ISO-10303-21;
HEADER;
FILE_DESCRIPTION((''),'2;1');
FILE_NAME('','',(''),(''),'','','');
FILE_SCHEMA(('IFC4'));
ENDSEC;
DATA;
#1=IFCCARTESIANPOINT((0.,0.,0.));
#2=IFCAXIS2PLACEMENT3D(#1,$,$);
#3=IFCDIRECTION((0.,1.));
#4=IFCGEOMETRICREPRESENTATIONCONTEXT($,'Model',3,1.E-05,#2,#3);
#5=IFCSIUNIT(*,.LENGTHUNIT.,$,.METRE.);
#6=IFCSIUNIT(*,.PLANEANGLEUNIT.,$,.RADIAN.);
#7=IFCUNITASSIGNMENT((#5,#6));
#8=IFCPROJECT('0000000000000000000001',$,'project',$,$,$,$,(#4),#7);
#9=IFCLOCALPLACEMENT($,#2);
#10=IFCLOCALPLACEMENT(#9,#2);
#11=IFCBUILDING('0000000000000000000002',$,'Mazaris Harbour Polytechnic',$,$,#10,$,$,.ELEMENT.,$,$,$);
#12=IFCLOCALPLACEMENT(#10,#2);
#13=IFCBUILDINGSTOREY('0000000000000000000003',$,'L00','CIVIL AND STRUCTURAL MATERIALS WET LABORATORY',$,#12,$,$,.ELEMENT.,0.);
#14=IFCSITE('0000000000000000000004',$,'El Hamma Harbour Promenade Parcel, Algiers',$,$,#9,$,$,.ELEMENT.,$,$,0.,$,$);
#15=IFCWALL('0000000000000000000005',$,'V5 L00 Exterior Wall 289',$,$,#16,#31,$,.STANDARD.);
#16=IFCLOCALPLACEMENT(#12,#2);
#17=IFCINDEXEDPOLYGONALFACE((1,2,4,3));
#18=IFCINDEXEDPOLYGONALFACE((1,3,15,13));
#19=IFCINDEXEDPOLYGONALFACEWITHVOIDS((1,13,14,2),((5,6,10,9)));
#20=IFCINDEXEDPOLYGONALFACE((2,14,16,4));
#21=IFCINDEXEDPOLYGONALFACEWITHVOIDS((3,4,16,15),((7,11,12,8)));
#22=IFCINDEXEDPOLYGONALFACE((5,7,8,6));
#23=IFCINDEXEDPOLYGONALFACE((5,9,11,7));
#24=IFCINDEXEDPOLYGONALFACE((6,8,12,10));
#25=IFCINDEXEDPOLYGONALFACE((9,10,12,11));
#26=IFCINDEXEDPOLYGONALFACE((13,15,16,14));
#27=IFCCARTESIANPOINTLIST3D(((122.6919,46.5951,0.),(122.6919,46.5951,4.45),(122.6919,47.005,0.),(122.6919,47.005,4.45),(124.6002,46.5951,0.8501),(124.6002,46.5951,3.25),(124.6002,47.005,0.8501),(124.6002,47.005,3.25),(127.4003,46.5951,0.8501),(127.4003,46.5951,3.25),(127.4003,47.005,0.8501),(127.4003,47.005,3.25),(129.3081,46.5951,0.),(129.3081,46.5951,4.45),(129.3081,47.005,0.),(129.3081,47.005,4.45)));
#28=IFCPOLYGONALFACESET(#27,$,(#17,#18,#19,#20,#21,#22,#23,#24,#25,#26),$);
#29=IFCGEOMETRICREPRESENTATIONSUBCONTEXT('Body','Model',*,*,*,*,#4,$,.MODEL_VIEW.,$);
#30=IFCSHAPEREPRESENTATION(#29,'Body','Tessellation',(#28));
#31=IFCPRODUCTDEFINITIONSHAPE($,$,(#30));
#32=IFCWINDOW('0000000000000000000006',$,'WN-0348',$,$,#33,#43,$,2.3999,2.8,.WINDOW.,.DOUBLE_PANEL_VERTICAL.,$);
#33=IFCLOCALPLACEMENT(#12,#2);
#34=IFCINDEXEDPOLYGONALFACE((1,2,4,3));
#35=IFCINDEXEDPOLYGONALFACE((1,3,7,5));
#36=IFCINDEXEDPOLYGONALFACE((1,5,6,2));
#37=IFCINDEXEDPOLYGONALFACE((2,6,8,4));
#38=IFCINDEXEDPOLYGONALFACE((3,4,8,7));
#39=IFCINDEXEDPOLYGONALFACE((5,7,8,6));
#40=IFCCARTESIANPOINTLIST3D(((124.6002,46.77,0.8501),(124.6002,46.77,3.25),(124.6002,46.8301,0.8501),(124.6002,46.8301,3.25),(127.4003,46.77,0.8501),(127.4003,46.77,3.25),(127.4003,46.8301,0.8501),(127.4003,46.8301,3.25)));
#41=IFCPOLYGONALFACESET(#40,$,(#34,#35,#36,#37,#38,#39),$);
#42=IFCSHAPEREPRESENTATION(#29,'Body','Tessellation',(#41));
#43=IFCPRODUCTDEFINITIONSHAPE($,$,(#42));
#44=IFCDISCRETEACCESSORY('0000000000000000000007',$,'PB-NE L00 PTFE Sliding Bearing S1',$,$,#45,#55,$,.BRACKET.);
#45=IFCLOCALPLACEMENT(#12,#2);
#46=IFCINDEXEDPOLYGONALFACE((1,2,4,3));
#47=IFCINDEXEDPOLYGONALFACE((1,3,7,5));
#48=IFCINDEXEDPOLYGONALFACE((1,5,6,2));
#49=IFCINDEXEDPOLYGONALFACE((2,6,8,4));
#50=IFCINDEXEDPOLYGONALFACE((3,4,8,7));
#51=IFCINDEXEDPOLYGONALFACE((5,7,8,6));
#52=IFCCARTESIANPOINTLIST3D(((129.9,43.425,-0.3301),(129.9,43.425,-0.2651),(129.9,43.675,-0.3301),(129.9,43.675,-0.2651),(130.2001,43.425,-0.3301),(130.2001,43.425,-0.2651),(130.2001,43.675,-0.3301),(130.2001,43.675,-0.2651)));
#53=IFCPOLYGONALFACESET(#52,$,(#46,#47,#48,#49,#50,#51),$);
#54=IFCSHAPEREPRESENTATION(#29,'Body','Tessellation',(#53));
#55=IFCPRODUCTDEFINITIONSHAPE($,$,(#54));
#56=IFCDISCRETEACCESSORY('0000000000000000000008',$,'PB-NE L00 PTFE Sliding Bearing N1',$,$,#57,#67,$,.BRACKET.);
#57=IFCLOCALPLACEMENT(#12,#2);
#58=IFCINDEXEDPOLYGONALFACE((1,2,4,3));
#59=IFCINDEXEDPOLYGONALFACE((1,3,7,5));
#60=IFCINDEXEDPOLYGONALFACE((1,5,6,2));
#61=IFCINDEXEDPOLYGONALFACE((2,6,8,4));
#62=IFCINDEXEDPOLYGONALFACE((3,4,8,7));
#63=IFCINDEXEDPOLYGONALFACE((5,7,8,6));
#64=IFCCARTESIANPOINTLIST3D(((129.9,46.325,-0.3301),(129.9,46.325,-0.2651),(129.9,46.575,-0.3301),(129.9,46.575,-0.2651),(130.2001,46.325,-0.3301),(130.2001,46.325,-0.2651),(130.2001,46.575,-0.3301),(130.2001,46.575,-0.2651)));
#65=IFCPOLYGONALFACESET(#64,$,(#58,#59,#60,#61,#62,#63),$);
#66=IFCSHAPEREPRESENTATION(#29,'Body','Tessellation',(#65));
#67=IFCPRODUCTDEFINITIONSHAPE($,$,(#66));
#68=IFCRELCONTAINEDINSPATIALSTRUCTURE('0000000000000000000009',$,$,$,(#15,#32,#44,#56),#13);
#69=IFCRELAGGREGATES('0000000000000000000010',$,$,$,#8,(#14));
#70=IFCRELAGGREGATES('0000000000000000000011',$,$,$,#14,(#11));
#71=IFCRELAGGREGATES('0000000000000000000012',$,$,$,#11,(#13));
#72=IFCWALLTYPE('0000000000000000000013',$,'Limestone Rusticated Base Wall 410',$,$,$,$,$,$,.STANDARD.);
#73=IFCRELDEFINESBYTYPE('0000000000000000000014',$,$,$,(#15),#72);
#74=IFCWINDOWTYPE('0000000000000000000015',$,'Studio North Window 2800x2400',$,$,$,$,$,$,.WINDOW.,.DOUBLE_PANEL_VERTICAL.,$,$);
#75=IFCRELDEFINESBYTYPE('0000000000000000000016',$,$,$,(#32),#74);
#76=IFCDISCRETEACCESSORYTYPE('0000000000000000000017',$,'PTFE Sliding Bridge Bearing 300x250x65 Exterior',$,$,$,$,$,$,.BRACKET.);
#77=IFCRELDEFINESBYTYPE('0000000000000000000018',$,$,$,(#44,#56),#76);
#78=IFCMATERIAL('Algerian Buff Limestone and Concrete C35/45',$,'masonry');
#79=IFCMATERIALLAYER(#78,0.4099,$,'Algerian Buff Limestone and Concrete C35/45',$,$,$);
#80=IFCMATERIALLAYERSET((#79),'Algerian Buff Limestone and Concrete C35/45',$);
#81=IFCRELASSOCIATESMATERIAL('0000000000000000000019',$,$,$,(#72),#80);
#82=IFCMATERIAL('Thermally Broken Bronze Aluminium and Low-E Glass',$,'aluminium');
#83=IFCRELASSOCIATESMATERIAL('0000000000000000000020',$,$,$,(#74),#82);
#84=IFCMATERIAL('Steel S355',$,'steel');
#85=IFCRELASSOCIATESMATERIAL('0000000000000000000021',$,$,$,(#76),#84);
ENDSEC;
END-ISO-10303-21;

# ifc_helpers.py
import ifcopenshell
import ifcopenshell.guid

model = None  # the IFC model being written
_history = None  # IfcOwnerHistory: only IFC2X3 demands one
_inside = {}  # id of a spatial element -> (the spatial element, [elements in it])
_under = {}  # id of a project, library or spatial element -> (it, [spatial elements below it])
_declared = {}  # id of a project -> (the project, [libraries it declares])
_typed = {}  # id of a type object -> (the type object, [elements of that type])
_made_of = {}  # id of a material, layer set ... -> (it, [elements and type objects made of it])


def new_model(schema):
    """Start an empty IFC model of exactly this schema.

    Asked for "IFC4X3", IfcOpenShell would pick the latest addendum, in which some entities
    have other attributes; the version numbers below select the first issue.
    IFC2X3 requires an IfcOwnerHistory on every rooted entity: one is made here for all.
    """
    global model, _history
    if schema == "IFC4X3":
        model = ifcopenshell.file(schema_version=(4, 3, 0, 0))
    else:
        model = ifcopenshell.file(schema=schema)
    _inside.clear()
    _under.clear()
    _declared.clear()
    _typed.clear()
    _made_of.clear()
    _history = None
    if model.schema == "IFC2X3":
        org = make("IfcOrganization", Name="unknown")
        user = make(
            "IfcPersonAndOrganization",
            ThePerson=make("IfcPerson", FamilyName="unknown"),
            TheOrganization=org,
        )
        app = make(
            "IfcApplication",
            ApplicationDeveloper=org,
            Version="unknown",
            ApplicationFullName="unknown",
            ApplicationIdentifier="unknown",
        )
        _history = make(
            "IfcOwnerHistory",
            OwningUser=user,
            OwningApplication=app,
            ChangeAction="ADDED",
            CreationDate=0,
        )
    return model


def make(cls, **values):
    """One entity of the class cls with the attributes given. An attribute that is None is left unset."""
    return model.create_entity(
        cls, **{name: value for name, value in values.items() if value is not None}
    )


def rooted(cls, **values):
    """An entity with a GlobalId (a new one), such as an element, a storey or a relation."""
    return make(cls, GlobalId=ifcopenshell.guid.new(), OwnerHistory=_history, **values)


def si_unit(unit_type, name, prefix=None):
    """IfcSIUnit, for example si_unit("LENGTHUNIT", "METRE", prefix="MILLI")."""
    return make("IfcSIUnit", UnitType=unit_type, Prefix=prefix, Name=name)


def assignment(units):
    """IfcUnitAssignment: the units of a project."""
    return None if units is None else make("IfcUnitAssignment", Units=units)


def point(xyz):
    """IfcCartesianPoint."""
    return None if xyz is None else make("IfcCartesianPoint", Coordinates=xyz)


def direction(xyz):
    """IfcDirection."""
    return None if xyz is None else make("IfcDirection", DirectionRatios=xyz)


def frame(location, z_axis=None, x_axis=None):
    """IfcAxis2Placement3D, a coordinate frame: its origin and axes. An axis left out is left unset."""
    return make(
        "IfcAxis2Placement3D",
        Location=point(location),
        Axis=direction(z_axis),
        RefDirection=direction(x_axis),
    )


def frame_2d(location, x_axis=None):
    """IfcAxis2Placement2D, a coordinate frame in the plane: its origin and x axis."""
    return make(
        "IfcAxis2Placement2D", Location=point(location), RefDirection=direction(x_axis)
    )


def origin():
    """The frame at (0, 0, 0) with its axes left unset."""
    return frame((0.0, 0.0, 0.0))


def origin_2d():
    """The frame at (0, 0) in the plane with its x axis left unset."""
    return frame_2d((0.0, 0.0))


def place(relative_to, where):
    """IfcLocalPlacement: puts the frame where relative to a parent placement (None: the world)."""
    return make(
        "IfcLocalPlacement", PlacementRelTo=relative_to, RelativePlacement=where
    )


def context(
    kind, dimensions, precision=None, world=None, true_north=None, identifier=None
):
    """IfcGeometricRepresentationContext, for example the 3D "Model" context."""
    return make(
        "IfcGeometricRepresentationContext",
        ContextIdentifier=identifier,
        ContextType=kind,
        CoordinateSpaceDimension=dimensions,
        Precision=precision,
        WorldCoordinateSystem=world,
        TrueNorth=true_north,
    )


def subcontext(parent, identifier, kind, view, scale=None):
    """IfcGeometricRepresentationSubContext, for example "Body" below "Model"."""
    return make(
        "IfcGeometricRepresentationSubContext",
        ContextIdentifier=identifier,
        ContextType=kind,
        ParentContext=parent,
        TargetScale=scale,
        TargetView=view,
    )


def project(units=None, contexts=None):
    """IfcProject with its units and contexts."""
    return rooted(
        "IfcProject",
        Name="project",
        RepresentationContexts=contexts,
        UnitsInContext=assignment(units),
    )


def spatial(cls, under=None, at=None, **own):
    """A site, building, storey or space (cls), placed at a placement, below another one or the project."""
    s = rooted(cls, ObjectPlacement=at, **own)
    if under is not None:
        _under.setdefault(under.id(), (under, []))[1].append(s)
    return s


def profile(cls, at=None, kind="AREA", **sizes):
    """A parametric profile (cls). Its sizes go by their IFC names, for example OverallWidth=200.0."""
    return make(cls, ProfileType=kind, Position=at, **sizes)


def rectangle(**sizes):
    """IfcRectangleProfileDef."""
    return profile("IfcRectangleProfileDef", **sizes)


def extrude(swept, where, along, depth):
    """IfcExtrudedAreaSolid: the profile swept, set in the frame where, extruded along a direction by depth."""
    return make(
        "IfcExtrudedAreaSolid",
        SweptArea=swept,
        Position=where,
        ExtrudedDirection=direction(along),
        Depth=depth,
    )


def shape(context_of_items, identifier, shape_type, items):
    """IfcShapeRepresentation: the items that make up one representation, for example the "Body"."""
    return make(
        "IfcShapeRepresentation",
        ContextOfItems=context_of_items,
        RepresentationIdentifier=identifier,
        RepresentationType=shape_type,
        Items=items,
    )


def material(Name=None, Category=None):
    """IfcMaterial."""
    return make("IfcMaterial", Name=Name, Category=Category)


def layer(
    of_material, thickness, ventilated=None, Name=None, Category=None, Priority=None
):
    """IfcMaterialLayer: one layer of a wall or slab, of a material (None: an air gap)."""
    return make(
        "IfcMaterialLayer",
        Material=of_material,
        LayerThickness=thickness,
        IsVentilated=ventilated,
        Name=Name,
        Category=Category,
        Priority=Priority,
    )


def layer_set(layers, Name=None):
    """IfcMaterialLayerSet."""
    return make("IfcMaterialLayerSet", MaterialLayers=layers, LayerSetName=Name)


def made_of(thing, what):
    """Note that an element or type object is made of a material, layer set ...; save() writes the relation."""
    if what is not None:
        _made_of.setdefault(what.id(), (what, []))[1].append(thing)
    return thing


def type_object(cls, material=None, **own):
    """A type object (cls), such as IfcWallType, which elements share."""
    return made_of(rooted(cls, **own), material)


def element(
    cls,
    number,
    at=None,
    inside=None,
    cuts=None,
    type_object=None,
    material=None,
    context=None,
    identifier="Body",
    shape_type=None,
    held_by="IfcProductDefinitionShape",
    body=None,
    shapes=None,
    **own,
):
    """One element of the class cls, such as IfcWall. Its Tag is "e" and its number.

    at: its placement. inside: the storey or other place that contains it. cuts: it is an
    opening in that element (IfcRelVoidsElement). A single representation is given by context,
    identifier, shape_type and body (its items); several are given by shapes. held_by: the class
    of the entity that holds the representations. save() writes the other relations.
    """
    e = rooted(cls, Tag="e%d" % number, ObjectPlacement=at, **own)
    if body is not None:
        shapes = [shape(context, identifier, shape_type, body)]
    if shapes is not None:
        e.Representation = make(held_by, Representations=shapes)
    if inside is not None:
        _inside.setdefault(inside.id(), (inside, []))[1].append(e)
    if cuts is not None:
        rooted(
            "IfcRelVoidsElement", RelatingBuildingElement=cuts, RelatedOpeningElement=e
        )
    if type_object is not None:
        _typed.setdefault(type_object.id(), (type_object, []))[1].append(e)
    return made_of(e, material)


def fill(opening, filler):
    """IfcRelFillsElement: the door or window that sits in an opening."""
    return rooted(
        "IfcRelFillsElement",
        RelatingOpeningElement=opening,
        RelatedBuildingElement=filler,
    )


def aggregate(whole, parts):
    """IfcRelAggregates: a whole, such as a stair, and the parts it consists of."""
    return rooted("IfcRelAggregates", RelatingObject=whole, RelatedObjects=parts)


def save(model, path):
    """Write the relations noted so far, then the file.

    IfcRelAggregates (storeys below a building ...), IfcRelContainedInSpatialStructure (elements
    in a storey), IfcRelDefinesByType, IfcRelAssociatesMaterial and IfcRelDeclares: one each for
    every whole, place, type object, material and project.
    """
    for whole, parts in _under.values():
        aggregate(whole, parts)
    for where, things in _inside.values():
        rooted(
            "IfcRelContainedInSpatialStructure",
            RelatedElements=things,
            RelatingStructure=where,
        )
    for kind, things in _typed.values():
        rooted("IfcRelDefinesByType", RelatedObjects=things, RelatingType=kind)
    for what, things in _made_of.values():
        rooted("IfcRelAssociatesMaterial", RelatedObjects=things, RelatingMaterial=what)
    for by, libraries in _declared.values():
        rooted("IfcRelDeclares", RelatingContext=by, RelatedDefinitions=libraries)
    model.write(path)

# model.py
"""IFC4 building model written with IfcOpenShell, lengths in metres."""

from ifc_helpers import new_model, si_unit, direction, frame, frame_2d, origin, origin_2d, place, context, subcontext, project, spatial, rectangle, extrude, material, layer, layer_set, type_object, element, fill, save


model = new_model("IFC4")

# Units and contexts
model_context = context("Model", 3, precision=1e-05, world=origin(), true_north=direction((0.0, 1.0)))
body_context = subcontext(model_context, "Body", "Model", "MODEL_VIEW")
ifc_project = project(units=[si_unit("LENGTHUNIT", "METRE"), si_unit("PLANEANGLEUNIT", "RADIAN")], contexts=[model_context])

# Site, building, storey
site_placement = place(None, origin())
site = spatial("IfcSite", under=ifc_project, at=site_placement, Name="El Hamma Harbour Promenade Parcel, Algiers", CompositionType="ELEMENT", RefElevation=0.0)
building_placement = place(site_placement, origin())
building = spatial("IfcBuilding", under=site, at=building_placement, Name="Mazaris Harbour Polytechnic", CompositionType="ELEMENT")
storey_placement = place(building_placement, origin())
storey = spatial("IfcBuildingStorey", under=building, at=storey_placement, Name="L00", Description="CIVIL AND STRUCTURAL MATERIALS WET LABORATORY", CompositionType="ELEMENT", Elevation=0.0)

# Wall, opening, window
ifc_material_1 = material(Name="Algerian Buff Limestone and Concrete C35/45", Category="masonry")
ifc_layer_1 = layer(ifc_material_1, 0.4099, Name="Algerian Buff Limestone and Concrete C35/45")
ifc_layer_set_1 = layer_set([ifc_layer_1], Name="Algerian Buff Limestone and Concrete C35/45")
wall_type = type_object("IfcWallType", Name="Limestone Rusticated Base Wall 410", PredefinedType="STANDARD", material=ifc_layer_set_1)
wall_placement = place(storey_placement, frame((129.3081, 46.8, 0.0), z_axis=(0.0, 0.0, 1.0), x_axis=(-1.0, 0.0, 0.0)))
wall = element("IfcWall", 1, at=wall_placement, inside=storey, type_object=wall_type, Name="V5 L00 Exterior Wall 289", PredefinedType="STANDARD", context=body_context, shape_type="SweptSolid", body=[
    extrude(rectangle(XDim=6.6162, YDim=0.4099, at=frame_2d((3.3081, 0.0))), origin(), (0.0, 0.0, 1.0), 4.45),
])
opening_placement = place(wall_placement, frame((1.908, 0.0, 0.8501)))
opening = element("IfcOpeningElement", 2, at=opening_placement, cuts=wall, PredefinedType="OPENING", context=body_context, shape_type="SweptSolid", body=[
    extrude(rectangle(XDim=2.8, YDim=2.3999, at=frame_2d((1.3999, 1.2))), frame((0.0, 0.2148, 0.0), z_axis=(0.0, -1.0, 0.0), x_axis=(1.0, 0.0, 0.0)), (0.0, 0.0, 1.0), 0.4299),
])
ifc_material_2 = material(Name="Thermally Broken Bronze Aluminium and Low-E Glass", Category="aluminium")
window_type = type_object("IfcWindowType", Name="Studio North Window 2800x2400", PartitioningType="DOUBLE_PANEL_VERTICAL", PredefinedType="WINDOW", material=ifc_material_2)
window_placement = place(opening_placement, origin())
window = element("IfcWindow", 3, at=window_placement, inside=storey, type_object=window_type, Name="WN-0348", OverallHeight=2.3999, OverallWidth=2.8, PartitioningType="DOUBLE_PANEL_VERTICAL", PredefinedType="WINDOW", context=body_context, shape_type="SweptSolid", body=[
    extrude(rectangle(XDim=2.8, YDim=2.3999, at=frame_2d((1.3999, 1.2))), frame((0.0, 0.03, 0.0), z_axis=(0.0, -1.0, 0.0), x_axis=(1.0, 0.0, 0.0)), (0.0, 0.0, 1.0), 0.0601),
])
fill(opening, window)

# Discrete accessories
ifc_material_3 = material(Name="Steel S355", Category="steel")
discrete_accessory_type = type_object("IfcDiscreteAccessoryType", Name="PTFE Sliding Bridge Bearing 300x250x65 Exterior", PredefinedType="BRACKET", material=ifc_material_3)
for number, where, z_axis, x_axis, name in (
    (4, (130.05, 43.55, -0.3301), (0.0, 0.0, 1.0), (1.0, 0.0, 0.0), "PB-NE L00 PTFE Sliding Bearing S1"),
    (5, (130.05, 46.45, -0.3301), (0.0, 0.0, 1.0), (1.0, 0.0, 0.0), "PB-NE L00 PTFE Sliding Bearing N1"),
):
    element("IfcDiscreteAccessory", number, at=place(storey_placement, frame(where, z_axis=z_axis, x_axis=x_axis)), inside=storey, type_object=discrete_accessory_type, Name=name, PredefinedType="BRACKET", context=body_context, shape_type="SweptSolid", body=[
        extrude(rectangle(XDim=0.3, YDim=0.25, at=origin_2d()), origin(), (0.0, 0.0, 1.0), 0.0649),
    ])

save(model, "model.ifc")
